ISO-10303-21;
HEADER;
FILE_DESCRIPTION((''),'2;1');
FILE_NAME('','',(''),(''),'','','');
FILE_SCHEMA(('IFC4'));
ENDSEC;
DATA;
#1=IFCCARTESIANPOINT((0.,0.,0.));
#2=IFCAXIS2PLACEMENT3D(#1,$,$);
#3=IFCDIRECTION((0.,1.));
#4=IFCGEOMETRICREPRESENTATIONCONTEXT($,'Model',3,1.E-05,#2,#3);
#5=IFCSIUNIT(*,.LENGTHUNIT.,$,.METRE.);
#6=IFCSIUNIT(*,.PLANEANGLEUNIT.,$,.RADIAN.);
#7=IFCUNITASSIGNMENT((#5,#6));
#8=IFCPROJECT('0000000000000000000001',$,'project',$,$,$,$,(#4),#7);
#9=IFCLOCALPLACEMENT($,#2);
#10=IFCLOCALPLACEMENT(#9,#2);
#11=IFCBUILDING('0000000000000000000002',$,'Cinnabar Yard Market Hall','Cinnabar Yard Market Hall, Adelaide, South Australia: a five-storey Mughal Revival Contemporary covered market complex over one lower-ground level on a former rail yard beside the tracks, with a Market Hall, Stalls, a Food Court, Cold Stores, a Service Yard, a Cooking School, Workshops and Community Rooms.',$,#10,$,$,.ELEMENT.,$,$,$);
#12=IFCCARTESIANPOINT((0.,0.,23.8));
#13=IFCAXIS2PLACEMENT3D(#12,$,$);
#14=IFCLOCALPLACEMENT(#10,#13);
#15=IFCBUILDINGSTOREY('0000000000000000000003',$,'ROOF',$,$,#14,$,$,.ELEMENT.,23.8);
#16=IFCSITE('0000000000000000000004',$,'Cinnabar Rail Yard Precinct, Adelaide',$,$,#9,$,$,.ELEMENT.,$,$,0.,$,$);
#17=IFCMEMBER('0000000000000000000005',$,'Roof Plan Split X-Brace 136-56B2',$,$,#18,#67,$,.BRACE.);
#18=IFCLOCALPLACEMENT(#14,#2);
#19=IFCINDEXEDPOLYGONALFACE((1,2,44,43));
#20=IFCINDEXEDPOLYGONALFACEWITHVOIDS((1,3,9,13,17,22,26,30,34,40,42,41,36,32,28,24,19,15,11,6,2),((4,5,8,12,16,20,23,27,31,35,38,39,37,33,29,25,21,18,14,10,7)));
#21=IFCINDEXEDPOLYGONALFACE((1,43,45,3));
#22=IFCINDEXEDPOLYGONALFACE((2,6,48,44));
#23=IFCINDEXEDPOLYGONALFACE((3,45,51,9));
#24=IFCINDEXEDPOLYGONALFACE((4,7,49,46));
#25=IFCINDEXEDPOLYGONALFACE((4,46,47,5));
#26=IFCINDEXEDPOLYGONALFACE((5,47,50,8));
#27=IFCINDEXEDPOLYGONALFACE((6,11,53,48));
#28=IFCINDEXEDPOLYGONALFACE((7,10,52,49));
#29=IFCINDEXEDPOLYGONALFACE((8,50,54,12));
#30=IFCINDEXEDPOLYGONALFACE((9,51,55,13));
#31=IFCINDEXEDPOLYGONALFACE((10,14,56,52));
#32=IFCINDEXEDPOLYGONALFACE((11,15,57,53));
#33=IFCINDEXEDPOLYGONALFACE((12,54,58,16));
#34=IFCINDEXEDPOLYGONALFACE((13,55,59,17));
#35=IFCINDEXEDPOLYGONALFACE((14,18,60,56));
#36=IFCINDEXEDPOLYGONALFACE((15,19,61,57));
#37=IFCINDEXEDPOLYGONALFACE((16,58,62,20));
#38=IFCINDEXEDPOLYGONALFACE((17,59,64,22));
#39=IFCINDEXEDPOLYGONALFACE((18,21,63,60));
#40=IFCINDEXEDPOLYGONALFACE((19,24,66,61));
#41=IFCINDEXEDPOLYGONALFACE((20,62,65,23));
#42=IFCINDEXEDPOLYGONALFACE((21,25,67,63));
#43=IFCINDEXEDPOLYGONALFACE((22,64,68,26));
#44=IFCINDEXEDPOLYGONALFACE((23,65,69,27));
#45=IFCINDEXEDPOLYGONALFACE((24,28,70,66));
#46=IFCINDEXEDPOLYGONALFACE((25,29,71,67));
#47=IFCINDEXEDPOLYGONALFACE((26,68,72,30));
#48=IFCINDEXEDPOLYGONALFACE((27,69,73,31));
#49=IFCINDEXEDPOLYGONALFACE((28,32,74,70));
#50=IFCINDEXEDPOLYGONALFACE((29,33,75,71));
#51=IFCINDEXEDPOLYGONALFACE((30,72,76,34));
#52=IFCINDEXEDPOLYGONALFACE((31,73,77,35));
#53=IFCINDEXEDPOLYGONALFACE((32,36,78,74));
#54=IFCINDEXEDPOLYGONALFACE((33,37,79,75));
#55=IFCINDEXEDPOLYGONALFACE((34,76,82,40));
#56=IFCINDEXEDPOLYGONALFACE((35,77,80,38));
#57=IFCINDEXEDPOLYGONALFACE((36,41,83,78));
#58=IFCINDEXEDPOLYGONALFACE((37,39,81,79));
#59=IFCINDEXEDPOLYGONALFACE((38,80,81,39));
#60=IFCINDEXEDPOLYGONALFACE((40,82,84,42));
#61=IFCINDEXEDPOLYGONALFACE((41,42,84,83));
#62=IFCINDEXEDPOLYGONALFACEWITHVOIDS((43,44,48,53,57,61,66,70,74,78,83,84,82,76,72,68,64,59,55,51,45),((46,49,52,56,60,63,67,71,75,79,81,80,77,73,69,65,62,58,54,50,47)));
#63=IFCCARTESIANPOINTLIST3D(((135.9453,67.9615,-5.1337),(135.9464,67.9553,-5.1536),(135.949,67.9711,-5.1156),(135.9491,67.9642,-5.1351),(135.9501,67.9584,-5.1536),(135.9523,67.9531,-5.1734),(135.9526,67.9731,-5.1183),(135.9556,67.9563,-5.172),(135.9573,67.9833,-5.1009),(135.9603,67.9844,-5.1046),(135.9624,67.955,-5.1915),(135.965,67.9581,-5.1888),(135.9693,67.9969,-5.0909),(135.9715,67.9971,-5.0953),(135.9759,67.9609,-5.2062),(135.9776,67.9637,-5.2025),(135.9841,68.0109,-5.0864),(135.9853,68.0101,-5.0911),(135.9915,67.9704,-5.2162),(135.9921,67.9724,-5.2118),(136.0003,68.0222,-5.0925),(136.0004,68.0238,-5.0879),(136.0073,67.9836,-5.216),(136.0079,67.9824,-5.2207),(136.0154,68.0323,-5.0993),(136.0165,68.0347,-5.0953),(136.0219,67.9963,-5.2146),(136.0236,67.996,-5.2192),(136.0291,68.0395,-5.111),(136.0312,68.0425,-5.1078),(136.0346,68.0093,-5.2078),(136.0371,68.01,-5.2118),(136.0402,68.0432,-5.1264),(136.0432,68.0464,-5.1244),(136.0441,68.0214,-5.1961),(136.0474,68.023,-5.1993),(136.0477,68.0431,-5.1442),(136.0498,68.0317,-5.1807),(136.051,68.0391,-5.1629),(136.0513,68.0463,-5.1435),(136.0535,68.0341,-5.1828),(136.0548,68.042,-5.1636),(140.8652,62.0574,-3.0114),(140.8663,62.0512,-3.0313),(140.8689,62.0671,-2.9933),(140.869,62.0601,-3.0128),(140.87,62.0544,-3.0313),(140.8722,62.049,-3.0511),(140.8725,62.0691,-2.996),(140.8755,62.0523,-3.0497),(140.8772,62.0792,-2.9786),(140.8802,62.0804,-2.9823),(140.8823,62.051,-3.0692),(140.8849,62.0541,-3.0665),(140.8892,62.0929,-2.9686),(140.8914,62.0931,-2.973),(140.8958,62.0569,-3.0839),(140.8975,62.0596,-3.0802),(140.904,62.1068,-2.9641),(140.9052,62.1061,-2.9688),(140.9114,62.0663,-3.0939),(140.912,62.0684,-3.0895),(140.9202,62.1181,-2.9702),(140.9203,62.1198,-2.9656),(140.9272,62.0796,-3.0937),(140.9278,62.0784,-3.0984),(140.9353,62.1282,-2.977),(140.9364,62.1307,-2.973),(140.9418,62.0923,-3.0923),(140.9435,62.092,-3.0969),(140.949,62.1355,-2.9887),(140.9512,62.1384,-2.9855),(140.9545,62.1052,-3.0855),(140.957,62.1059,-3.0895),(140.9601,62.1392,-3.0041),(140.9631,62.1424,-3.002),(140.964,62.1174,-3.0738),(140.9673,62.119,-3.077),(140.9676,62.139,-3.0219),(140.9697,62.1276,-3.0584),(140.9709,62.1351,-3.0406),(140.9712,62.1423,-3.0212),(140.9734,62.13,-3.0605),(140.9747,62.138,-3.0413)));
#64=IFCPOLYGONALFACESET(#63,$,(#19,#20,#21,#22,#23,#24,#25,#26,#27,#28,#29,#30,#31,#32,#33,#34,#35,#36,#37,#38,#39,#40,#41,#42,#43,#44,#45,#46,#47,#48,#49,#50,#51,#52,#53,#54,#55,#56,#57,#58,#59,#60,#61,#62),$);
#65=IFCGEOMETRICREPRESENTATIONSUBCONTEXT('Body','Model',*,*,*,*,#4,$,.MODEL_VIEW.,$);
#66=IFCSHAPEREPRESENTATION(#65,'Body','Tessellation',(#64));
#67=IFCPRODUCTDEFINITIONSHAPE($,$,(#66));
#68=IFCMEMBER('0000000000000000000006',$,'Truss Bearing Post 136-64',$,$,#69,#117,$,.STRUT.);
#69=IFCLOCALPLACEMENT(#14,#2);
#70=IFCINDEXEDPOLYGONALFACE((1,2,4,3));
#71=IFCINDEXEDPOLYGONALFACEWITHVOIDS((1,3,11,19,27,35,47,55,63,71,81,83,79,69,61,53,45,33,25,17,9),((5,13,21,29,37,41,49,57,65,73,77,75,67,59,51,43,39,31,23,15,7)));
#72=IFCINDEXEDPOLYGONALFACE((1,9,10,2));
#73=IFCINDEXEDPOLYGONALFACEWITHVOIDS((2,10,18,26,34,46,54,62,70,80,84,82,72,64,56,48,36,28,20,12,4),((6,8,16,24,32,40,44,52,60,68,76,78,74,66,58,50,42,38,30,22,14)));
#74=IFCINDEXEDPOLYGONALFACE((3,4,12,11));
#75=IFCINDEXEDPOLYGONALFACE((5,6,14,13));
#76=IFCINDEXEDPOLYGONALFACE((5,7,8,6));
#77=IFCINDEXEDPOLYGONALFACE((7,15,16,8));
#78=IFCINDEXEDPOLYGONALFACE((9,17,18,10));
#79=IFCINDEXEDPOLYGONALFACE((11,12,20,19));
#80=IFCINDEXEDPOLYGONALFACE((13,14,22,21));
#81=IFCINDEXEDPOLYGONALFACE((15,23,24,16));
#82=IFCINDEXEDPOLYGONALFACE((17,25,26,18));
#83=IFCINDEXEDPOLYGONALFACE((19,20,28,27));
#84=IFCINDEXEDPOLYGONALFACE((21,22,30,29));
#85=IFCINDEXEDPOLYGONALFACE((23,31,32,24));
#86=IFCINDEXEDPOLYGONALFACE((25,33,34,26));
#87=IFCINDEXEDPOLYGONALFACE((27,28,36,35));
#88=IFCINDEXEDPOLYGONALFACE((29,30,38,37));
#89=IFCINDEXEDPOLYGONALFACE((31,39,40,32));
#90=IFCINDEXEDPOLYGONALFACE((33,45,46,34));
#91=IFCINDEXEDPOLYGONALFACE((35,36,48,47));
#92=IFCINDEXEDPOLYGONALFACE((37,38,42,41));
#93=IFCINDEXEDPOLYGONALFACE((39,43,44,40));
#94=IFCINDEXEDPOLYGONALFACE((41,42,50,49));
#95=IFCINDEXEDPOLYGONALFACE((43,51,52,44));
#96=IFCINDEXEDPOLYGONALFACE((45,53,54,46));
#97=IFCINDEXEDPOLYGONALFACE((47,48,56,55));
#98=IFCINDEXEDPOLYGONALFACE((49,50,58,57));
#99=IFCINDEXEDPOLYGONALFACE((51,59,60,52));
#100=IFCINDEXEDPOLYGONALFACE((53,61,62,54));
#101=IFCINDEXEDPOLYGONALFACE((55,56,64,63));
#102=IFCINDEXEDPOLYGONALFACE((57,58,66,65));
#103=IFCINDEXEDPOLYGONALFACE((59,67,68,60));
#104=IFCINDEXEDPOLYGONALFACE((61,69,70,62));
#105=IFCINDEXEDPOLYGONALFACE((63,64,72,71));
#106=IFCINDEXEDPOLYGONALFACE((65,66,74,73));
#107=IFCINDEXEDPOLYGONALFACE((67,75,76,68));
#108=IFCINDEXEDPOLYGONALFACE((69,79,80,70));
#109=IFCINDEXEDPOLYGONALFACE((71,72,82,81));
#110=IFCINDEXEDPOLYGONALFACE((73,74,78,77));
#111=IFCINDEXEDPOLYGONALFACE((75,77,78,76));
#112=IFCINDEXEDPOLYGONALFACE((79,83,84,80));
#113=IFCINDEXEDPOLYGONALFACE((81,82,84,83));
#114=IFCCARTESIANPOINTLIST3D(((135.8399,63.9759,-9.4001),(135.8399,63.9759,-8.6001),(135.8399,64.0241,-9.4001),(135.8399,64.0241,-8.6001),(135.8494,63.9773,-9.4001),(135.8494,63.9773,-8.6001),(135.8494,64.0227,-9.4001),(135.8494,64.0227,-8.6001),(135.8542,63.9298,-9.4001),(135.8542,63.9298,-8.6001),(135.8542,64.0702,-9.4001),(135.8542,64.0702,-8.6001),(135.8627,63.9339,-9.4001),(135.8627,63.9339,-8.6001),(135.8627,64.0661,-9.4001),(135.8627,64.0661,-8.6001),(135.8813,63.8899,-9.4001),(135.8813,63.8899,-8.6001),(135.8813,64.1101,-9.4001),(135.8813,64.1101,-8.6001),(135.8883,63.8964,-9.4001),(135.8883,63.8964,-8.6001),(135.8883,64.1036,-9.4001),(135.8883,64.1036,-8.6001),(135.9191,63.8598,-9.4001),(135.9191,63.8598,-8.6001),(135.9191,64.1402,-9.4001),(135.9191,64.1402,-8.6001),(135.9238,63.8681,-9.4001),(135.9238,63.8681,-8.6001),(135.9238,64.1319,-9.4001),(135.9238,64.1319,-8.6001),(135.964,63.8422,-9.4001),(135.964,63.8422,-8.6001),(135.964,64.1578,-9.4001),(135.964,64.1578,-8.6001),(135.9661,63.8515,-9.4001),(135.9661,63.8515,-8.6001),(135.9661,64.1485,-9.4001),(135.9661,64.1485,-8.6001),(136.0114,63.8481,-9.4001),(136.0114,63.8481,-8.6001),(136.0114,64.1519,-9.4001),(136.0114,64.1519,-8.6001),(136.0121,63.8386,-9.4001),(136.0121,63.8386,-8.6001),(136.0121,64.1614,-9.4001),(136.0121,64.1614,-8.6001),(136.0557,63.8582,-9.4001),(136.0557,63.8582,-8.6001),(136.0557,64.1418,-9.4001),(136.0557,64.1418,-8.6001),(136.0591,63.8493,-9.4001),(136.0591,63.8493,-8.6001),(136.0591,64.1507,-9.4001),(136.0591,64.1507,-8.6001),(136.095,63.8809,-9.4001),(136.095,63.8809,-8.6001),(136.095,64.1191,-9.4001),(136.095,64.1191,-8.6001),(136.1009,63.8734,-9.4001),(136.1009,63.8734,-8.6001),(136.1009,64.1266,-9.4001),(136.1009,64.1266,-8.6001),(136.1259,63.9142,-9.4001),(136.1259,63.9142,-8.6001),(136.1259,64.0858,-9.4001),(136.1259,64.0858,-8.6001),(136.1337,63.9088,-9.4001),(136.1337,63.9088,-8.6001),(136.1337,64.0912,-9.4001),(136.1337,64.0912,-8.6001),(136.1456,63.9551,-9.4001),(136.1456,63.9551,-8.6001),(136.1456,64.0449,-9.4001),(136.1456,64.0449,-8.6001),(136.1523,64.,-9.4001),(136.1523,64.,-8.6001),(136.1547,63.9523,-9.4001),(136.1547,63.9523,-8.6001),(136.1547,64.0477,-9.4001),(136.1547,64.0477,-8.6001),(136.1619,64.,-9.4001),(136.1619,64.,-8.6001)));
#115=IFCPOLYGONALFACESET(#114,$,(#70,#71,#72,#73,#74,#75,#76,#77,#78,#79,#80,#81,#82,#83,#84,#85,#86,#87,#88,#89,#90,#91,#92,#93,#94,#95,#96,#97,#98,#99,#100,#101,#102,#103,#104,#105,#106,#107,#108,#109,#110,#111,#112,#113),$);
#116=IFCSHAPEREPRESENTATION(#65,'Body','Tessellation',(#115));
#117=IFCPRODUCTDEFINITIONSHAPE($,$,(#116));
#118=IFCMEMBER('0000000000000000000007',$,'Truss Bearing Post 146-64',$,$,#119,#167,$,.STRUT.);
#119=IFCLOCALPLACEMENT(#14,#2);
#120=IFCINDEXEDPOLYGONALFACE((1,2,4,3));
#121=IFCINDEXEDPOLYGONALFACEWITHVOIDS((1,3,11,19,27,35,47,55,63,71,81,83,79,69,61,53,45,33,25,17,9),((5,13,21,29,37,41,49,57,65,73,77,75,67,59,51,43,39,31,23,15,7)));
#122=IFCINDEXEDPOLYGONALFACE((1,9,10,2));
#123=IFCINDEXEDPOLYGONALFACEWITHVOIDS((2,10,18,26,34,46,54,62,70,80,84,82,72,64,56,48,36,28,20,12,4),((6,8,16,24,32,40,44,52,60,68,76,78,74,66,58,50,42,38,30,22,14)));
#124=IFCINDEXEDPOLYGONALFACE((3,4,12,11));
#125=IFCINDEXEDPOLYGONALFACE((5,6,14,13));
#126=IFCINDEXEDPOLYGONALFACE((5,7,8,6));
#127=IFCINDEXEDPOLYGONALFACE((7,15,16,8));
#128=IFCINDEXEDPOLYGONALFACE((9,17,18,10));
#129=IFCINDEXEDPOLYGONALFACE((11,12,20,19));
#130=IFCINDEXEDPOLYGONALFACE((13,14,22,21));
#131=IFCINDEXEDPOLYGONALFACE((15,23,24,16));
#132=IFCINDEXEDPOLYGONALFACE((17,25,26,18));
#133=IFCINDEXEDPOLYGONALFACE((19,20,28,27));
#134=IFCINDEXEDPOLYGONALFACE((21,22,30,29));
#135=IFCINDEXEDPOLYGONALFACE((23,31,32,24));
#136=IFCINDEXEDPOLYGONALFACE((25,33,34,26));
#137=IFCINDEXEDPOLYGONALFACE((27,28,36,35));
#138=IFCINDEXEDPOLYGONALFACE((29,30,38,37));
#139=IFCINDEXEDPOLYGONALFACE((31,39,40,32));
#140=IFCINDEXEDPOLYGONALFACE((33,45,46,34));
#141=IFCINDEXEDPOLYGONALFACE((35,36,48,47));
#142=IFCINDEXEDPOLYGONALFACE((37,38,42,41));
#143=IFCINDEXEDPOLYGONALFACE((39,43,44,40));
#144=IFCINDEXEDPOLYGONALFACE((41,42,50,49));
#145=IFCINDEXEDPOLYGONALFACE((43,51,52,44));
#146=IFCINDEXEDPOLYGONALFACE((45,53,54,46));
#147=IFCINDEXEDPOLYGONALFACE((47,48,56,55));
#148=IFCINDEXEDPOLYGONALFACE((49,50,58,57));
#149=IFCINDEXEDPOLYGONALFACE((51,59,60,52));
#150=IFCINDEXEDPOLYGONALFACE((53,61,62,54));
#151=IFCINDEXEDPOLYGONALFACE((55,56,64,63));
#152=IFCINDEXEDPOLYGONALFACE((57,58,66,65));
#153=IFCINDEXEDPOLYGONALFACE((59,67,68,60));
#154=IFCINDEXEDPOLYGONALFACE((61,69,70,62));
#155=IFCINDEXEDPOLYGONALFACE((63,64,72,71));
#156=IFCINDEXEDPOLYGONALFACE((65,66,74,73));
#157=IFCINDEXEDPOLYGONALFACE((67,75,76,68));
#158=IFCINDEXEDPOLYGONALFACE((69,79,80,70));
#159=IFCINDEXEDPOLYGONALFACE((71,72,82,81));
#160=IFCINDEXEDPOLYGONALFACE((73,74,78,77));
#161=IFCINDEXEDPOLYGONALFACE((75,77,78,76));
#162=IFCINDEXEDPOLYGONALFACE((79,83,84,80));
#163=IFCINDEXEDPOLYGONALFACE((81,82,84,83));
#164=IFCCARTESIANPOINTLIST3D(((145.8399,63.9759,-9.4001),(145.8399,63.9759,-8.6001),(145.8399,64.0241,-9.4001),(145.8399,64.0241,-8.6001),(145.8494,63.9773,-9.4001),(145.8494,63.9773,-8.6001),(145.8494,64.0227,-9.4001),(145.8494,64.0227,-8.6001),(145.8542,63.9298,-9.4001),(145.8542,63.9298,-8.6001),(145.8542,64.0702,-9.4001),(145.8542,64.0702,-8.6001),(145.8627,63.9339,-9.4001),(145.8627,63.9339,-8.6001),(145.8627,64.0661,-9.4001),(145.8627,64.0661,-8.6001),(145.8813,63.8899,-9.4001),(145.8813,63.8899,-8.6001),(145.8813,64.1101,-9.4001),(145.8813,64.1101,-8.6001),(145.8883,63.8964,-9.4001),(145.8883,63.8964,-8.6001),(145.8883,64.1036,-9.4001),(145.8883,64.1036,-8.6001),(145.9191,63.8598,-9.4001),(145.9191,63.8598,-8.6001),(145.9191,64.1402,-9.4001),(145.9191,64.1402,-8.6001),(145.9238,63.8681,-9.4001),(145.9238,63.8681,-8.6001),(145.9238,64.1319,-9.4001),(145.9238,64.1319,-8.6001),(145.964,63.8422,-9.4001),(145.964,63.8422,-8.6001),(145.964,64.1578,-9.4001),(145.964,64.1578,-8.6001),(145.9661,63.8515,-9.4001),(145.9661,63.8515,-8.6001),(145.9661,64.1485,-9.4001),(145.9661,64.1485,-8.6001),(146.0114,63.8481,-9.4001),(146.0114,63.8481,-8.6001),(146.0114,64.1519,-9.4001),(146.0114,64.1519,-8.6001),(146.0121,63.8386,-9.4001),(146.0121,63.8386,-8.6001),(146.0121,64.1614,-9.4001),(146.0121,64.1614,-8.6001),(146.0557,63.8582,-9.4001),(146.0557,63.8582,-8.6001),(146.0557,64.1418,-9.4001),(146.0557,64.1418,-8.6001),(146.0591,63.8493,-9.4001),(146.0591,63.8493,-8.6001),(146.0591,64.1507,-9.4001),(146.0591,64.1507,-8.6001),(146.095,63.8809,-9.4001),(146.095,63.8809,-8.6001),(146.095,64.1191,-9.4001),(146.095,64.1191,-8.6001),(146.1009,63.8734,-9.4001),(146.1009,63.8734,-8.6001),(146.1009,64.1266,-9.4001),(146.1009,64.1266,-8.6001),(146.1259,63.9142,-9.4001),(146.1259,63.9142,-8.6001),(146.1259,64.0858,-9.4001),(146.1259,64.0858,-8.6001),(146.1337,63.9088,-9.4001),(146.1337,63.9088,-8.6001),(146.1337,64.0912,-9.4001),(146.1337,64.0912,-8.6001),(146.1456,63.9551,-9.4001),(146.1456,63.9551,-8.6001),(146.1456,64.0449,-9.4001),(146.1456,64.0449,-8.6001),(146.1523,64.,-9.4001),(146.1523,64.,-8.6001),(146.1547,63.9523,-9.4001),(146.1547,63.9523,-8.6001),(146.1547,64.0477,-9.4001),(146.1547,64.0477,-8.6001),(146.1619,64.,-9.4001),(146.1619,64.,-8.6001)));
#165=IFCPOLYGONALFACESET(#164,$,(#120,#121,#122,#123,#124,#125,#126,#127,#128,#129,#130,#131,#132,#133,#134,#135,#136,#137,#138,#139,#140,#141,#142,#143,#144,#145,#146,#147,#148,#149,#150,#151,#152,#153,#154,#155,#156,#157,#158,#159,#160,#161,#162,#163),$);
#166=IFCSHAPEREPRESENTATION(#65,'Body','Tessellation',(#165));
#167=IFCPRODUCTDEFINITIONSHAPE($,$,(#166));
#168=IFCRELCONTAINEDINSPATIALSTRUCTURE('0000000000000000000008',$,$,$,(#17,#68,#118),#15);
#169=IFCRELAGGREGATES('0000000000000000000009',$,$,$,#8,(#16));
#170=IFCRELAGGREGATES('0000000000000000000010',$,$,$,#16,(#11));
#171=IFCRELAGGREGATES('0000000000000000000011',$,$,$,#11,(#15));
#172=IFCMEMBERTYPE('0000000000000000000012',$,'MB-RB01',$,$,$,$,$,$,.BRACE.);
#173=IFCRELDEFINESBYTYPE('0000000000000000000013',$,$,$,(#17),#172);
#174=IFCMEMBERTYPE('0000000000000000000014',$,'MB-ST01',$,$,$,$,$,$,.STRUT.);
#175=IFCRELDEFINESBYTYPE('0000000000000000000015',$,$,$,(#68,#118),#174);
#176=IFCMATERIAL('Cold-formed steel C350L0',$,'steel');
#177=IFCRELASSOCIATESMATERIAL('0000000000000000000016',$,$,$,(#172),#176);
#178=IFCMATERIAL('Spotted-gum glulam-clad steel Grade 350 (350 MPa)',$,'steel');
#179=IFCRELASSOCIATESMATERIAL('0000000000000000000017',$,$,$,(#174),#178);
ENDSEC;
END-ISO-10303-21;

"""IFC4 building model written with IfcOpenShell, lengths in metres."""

from ifc_helpers import new_model, si_unit, direction, frame, origin, origin_2d_with_axis, place, context, subcontext, project, spatial, hollow_circle, extrude, material, material_profile, profile_set, type_object, element, save


model = new_model("IFC4")

# Units and contexts
model_context = context("Model", 3, precision=1e-05, world=origin(), true_north=direction((0.0, 1.0)))
body_context = subcontext(model_context, "Body", "Model", "MODEL_VIEW")
ifc_project = project(units=[si_unit("LENGTHUNIT", "METRE"), si_unit("PLANEANGLEUNIT", "RADIAN")], contexts=[model_context])

# Site, building, storey
site_placement = place(None, origin())
site = spatial("IfcSite", under=ifc_project, at=site_placement, Name="Cinnabar Rail Yard Precinct, Adelaide", CompositionType="ELEMENT", RefElevation=0.0)
building_placement = place(site_placement, origin())
building = spatial("IfcBuilding", under=site, at=building_placement, Name="Cinnabar Yard Market Hall", Description="Cinnabar Yard Market Hall, Adelaide, South Australia: a five-storey Mughal Revival Contemporary covered market complex over one lower-ground level on a former rail yard beside the tracks, with a Market Hall, Stalls, a Food Court, Cold Stores, a Service Yard, a Cooking School, Workshops and Community Rooms.", CompositionType="ELEMENT")
storey_placement = place(building_placement, frame((0.0, 0.0, 23.8)))
storey = spatial("IfcBuildingStorey", under=building, at=storey_placement, Name="ROOF", CompositionType="ELEMENT", Elevation=23.8)

# Shared definitions
ifc_material_1 = material(Name="Cold-formed steel C350L0", Category="steel")

# Members
ifc_material_profile_1 = material_profile(ifc_material_1, hollow_circle(Radius=0.0698, WallThickness=0.0049, at=origin_2d_with_axis()), Name="139.7x5.0CHS")
ifc_profile_set_1 = profile_set([ifc_material_profile_1], Name="Cold-formed steel C350L0")
member_type_1 = type_object("IfcMemberType", Name="MB-RB01", PredefinedType="BRACE", material=ifc_profile_set_1)
for number, where, z_axis, x_axis, name in (
    (1, (140.9199, 62.0959, -3.0312), (-0.617078, 0.740512, -0.26619), (-0.768229, -0.640175, 0.0), "Roof Plan Split X-Brace 136-56B2"),
):
    element("IfcMember", number, at=place(storey_placement, frame(where, z_axis=z_axis, x_axis=x_axis)), inside=storey, type_object=member_type_1, Name=name, PredefinedType="BRACE", context=body_context, shape_type="SweptSolid", body=[
        extrude(hollow_circle(Radius=0.0698, WallThickness=0.0049, at=origin_2d_with_axis()), origin(), (0.0, 0.0, 1.0), 7.9729),
    ])
ifc_material_2 = material(Name="Spotted-gum glulam-clad steel Grade 350 (350 MPa)", Category="steel")
ifc_material_profile_2 = material_profile(ifc_material_2, hollow_circle(Radius=0.1619, WallThickness=0.0095, at=origin_2d_with_axis()), Name="323.9x9.5CHS")
ifc_profile_set_2 = profile_set([ifc_material_profile_2], Name="Spotted-gum glulam-clad steel Grade 350 (350 MPa)")
member_type_2 = type_object("IfcMemberType", Name="MB-ST01", PredefinedType="STRUT", material=ifc_profile_set_2)
for number, where, z_axis, x_axis, name in (
    (2, (136.0, 64.0, -9.4001), (0.0, 0.0, 1.0), (1.0, 0.0, 0.0), "Truss Bearing Post 136-64"),
    (3, (146.0, 64.0, -9.4001), (0.0, 0.0, 1.0), (1.0, 0.0, 0.0), "Truss Bearing Post 146-64"),
):
    element("IfcMember", number, at=place(storey_placement, frame(where, z_axis=z_axis, x_axis=x_axis)), inside=storey, type_object=member_type_2, Name=name, PredefinedType="STRUT", context=body_context, shape_type="SweptSolid", body=[
        extrude(hollow_circle(Radius=0.1619, WallThickness=0.0095, at=origin_2d_with_axis()), origin(), (0.0, 0.0, 1.0), 0.8),
    ])

save(model, "model.ifc")
